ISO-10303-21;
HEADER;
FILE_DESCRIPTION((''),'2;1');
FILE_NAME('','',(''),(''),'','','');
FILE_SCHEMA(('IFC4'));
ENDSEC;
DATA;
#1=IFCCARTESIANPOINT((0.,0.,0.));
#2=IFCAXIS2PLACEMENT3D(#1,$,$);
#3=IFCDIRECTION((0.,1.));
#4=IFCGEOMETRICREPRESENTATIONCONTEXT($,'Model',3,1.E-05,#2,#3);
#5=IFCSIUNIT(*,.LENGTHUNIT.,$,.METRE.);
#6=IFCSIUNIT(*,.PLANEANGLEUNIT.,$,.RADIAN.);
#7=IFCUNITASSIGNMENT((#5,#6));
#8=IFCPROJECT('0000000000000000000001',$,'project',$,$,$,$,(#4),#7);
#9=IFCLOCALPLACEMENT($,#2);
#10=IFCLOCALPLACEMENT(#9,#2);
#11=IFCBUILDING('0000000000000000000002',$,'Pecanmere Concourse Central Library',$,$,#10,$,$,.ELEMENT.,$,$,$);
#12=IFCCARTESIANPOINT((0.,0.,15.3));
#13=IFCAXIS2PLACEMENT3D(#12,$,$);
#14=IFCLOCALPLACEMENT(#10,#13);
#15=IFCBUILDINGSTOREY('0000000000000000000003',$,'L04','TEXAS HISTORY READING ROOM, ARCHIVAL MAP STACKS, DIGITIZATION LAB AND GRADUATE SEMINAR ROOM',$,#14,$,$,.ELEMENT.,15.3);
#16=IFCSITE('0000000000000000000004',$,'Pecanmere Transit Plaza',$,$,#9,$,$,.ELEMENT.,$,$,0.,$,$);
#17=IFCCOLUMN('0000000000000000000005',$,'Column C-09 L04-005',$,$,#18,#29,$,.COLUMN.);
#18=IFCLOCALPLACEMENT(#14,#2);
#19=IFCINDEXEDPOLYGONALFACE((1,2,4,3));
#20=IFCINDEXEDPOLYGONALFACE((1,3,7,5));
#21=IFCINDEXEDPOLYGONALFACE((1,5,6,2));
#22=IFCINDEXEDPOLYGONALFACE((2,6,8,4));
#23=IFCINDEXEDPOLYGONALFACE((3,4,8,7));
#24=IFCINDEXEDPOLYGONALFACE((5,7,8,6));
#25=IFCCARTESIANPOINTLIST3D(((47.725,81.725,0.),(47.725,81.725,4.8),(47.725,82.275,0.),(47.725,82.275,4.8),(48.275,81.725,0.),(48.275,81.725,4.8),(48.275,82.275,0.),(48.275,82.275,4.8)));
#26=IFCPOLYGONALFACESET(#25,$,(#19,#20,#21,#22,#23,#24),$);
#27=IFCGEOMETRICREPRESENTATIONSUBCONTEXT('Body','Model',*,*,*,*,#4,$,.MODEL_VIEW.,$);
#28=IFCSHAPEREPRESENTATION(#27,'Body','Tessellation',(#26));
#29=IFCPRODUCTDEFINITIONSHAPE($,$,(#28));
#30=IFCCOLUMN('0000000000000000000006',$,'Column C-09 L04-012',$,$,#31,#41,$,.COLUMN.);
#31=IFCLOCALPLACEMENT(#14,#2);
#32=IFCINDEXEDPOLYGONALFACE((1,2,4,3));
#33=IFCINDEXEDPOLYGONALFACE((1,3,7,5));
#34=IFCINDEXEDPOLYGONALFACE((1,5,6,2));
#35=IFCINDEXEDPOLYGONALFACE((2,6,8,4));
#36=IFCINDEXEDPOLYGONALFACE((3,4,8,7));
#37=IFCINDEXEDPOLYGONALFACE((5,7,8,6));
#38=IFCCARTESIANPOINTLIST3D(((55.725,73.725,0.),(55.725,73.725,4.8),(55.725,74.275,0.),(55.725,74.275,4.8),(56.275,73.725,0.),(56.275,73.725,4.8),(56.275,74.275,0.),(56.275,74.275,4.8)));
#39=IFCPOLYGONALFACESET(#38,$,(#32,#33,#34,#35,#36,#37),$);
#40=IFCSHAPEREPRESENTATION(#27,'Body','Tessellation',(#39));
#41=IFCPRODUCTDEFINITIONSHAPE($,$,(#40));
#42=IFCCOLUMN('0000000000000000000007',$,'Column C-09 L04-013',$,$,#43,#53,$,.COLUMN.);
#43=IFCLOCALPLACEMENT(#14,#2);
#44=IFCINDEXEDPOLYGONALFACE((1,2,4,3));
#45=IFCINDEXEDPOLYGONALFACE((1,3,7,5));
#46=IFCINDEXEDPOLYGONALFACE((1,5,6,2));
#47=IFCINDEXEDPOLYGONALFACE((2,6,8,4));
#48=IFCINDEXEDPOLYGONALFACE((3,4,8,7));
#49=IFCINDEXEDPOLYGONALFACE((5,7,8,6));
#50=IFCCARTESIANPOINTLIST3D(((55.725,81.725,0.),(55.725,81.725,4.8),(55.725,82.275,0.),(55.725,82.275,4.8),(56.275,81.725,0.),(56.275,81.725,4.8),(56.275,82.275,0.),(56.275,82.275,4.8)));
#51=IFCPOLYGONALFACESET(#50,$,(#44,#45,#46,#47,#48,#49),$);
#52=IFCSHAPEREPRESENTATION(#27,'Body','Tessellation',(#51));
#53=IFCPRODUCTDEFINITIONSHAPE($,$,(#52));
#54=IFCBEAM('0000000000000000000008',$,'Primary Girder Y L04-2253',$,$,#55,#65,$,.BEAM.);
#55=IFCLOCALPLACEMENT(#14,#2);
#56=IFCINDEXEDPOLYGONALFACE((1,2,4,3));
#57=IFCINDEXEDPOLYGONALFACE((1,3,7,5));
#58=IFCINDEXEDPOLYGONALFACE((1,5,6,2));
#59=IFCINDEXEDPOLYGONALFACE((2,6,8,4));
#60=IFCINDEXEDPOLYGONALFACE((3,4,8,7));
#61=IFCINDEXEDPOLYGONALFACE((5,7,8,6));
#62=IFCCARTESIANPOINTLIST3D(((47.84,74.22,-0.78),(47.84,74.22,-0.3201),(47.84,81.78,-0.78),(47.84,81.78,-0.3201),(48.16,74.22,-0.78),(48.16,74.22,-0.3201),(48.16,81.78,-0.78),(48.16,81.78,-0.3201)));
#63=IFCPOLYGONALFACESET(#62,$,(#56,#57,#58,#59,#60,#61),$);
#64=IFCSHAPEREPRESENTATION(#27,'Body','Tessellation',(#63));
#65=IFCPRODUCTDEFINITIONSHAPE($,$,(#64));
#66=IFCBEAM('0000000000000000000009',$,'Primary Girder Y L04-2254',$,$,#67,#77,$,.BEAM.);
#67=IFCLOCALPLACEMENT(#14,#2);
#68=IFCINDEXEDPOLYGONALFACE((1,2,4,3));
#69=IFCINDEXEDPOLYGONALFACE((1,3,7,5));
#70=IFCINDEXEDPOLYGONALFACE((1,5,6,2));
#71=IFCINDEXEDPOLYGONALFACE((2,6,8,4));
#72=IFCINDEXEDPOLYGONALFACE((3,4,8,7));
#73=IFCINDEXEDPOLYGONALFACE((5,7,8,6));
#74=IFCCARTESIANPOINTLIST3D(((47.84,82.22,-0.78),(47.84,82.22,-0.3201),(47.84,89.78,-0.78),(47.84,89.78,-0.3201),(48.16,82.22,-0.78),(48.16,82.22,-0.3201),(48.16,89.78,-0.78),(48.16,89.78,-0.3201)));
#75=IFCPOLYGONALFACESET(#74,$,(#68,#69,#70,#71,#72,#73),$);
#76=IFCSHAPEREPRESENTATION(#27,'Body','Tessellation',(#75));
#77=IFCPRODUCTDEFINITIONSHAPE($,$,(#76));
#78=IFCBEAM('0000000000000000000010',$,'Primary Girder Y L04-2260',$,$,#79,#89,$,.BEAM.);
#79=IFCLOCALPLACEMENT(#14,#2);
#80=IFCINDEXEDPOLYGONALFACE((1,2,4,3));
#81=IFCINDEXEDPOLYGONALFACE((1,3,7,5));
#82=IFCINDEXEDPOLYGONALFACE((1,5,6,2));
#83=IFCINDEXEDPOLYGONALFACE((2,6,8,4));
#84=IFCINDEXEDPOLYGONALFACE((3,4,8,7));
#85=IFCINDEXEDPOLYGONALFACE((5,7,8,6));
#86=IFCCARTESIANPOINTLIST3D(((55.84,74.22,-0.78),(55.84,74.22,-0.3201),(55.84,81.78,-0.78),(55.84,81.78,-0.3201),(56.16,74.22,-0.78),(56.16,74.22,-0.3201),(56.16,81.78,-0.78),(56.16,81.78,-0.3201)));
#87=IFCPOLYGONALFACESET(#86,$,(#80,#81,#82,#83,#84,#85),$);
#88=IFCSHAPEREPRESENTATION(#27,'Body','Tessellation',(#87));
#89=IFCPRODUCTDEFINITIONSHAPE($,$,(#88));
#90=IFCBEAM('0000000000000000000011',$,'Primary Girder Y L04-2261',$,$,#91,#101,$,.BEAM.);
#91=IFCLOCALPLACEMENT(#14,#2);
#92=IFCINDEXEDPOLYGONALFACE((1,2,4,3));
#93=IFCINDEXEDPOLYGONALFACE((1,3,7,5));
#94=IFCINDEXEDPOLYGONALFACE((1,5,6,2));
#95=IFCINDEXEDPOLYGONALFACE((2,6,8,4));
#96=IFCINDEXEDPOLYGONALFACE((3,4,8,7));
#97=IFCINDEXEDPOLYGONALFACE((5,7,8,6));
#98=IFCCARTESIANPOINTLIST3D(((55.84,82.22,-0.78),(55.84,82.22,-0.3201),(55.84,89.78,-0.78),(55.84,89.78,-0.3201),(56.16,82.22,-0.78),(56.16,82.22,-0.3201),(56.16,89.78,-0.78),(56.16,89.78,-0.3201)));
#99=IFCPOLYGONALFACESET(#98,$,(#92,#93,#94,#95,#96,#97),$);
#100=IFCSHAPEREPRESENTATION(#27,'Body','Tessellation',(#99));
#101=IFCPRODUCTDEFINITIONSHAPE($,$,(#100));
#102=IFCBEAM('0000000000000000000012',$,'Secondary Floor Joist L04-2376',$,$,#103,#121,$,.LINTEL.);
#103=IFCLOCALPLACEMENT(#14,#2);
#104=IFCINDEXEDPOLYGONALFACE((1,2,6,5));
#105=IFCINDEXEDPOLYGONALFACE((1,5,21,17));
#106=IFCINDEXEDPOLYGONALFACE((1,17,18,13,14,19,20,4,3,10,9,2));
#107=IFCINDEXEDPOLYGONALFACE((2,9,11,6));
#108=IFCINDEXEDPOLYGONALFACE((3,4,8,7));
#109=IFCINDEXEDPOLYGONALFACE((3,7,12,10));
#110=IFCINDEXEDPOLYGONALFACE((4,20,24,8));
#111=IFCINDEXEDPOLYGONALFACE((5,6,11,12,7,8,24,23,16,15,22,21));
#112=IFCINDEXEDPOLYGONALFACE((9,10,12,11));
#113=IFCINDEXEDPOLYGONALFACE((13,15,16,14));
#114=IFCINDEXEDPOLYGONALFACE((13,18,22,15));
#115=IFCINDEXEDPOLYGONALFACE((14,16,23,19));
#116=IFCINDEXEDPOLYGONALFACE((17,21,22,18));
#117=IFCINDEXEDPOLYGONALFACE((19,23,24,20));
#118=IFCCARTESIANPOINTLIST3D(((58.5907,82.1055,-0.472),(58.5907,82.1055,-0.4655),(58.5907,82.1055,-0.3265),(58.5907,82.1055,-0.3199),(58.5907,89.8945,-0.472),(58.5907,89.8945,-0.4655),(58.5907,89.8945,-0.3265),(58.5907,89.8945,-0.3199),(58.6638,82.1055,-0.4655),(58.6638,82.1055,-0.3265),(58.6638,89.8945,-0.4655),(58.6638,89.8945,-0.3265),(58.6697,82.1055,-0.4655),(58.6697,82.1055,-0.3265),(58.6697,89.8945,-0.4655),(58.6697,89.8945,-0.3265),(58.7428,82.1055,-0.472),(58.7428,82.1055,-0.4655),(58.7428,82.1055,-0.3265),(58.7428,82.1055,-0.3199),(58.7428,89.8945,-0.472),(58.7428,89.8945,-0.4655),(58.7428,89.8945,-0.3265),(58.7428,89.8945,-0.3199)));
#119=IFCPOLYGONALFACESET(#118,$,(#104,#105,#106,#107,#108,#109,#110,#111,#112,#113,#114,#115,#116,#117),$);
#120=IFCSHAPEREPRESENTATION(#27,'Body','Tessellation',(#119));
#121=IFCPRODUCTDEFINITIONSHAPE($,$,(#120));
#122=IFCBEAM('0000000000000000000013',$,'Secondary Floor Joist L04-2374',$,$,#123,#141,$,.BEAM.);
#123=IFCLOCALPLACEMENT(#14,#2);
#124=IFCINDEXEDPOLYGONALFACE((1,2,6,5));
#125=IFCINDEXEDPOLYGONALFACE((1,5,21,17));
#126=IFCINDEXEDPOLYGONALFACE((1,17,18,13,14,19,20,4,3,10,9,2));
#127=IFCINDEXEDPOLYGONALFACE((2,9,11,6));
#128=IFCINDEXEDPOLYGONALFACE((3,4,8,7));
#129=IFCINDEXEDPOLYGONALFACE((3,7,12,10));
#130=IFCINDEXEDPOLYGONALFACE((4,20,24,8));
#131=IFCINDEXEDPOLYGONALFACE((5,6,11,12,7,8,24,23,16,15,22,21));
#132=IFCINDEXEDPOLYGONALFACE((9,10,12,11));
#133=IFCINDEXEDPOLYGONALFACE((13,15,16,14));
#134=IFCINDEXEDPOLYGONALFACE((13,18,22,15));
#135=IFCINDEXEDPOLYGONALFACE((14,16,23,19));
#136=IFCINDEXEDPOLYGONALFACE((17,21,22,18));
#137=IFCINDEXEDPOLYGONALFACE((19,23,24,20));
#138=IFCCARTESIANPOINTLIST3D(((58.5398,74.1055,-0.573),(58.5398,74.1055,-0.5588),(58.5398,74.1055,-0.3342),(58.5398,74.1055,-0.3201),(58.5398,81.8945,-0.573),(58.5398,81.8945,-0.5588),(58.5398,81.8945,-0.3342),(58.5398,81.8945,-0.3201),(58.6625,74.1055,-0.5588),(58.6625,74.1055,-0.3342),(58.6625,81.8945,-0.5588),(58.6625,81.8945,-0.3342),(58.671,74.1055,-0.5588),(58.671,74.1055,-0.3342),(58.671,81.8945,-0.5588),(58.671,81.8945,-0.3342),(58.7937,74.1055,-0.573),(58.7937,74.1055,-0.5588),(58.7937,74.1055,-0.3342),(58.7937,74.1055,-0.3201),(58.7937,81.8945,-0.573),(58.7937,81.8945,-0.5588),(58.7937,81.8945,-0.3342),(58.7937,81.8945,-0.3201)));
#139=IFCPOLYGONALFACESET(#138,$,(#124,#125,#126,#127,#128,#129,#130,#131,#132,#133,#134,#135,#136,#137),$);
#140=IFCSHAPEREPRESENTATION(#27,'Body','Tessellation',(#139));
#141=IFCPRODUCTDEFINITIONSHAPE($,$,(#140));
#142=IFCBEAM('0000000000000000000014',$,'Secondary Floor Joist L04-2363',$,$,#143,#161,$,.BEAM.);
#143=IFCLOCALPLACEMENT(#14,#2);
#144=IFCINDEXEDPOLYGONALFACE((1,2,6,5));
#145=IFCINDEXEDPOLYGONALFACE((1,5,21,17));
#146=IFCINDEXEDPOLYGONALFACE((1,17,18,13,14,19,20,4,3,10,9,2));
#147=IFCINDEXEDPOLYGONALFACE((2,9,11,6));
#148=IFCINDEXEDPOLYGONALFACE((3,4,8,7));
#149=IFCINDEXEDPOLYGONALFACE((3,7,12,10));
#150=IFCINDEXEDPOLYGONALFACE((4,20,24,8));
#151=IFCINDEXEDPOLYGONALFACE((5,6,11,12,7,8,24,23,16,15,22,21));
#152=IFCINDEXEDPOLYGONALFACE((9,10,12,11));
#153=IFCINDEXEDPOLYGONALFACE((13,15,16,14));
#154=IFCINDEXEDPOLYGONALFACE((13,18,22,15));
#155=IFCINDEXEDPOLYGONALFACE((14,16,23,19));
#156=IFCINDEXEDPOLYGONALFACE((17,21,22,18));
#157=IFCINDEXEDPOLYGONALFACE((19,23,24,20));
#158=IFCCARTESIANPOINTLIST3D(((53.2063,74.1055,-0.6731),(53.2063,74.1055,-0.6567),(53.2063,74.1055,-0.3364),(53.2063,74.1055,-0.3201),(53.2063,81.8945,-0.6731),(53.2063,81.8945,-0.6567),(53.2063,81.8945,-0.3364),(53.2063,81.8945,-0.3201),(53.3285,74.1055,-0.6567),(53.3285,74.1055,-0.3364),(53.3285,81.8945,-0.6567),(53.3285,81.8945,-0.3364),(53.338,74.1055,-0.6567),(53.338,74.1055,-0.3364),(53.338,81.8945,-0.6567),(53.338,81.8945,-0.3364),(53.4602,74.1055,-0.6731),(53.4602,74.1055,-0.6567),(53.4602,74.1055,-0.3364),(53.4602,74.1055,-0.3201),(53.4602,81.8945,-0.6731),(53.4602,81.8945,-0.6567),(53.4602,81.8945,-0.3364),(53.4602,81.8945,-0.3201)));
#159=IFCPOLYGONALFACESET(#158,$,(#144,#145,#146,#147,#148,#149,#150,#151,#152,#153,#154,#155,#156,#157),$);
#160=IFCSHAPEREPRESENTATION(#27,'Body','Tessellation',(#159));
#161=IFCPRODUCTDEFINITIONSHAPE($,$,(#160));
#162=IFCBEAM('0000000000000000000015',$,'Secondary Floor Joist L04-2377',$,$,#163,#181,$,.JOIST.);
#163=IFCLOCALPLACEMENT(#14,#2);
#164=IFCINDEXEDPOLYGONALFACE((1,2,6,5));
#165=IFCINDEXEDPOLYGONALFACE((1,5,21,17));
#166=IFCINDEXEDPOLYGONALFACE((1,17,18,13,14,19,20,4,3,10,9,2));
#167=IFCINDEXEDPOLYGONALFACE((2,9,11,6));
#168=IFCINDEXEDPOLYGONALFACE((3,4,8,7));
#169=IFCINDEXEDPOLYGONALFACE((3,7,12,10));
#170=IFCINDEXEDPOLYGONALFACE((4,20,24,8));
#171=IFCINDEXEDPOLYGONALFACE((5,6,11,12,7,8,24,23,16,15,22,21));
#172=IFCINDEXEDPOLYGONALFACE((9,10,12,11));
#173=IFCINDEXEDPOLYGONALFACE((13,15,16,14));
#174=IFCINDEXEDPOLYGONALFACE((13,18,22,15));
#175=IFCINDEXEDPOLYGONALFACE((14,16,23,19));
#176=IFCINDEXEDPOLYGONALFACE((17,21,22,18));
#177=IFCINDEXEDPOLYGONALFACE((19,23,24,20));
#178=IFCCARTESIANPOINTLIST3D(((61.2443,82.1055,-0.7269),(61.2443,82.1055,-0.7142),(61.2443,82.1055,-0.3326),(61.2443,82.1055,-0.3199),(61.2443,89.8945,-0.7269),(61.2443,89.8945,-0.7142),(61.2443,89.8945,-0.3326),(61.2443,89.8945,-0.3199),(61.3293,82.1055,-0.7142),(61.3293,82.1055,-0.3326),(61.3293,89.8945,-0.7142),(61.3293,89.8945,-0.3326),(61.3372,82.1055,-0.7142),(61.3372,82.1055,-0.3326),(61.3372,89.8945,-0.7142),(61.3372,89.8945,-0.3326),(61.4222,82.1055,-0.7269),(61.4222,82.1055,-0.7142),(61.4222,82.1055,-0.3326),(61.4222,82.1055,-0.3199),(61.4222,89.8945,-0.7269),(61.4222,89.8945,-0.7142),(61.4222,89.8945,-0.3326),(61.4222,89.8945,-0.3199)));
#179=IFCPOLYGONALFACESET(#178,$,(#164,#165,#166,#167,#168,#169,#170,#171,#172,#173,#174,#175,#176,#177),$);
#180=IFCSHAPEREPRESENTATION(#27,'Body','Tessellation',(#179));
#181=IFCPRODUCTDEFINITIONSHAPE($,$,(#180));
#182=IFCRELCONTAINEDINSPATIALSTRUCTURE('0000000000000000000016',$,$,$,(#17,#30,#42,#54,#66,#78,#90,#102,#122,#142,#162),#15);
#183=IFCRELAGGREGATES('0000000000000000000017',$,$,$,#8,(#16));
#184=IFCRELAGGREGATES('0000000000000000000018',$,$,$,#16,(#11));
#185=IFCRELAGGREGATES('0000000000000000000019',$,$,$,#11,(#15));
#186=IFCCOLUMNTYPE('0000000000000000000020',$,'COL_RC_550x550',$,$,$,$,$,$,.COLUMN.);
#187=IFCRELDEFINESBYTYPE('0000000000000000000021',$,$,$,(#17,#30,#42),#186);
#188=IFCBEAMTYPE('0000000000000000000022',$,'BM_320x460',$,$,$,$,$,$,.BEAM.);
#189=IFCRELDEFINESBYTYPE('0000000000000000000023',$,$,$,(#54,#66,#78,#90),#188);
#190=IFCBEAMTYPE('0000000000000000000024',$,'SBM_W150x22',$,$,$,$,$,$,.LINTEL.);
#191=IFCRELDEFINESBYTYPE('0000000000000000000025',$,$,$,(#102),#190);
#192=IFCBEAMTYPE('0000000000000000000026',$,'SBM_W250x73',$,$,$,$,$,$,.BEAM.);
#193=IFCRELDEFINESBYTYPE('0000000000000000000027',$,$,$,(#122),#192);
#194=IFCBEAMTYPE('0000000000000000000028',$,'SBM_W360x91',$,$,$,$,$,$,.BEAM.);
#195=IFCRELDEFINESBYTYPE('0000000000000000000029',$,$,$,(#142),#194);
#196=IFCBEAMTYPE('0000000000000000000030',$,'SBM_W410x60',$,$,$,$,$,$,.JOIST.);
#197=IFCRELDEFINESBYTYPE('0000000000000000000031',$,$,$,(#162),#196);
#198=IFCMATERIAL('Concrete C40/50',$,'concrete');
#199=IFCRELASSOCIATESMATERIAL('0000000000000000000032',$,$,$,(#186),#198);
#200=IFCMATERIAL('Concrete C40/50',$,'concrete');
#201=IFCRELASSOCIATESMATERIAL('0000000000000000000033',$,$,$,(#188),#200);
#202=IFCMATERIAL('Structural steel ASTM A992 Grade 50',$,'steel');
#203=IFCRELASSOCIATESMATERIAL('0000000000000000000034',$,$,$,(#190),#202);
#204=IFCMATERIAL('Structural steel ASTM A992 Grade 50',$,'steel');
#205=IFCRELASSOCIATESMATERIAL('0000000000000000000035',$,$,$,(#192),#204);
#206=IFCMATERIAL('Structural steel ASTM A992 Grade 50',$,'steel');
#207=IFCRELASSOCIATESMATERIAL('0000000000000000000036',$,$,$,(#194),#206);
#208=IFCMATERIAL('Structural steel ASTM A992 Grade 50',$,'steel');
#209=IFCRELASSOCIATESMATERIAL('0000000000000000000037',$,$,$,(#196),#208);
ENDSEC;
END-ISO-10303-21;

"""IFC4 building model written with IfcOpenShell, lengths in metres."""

from ifc_helpers import new_model, si_unit, direction, frame, origin, origin_2d, place, context, subcontext, project, spatial, rectangle, i_section, extrude, material, material_profile, profile_set, type_object, element, save


model = new_model("IFC4")

# Units and contexts
model_context = context("Model", 3, precision=1e-05, world=origin(), true_north=direction((0.0, 1.0)))
body_context = subcontext(model_context, "Body", "Model", "MODEL_VIEW")
ifc_project = project(units=[si_unit("LENGTHUNIT", "METRE"), si_unit("PLANEANGLEUNIT", "RADIAN")], contexts=[model_context])

# Site, building, storey
site_placement = place(None, origin())
site = spatial("IfcSite", under=ifc_project, at=site_placement, Name="Pecanmere Transit Plaza", CompositionType="ELEMENT", RefElevation=0.0)
building_placement = place(site_placement, origin())
building = spatial("IfcBuilding", under=site, at=building_placement, Name="Pecanmere Concourse Central Library", CompositionType="ELEMENT")
storey_placement = place(building_placement, frame((0.0, 0.0, 15.3)))
storey = spatial("IfcBuildingStorey", under=building, at=storey_placement, Name="L04", Description="TEXAS HISTORY READING ROOM, ARCHIVAL MAP STACKS, DIGITIZATION LAB AND GRADUATE SEMINAR ROOM", CompositionType="ELEMENT", Elevation=15.3)

# Columns
ifc_material_1 = material(Name="Concrete C40/50", Category="concrete")
ifc_material_profile_1 = material_profile(ifc_material_1, rectangle(XDim=0.55, YDim=0.55, at=origin_2d()), Name="RC 550x550")
ifc_profile_set_1 = profile_set([ifc_material_profile_1], Name="Concrete C40/50")
column_type = type_object("IfcColumnType", Name="COL_RC_550x550", PredefinedType="COLUMN", material=ifc_profile_set_1)
for number, where, z_axis, x_axis, name in (
    (1, (48.0, 82.0, 0.0), (0.0, 0.0, 1.0), (1.0, 0.0, 0.0), "Column C-09 L04-005"),
    (2, (56.0, 74.0, 0.0), (0.0, 0.0, 1.0), (1.0, 0.0, 0.0), "Column C-09 L04-012"),
    (3, (56.0, 82.0, 0.0), (0.0, 0.0, 1.0), (1.0, 0.0, 0.0), "Column C-09 L04-013"),
):
    element("IfcColumn", number, at=place(storey_placement, frame(where, z_axis=z_axis, x_axis=x_axis)), inside=storey, type_object=column_type, Name=name, PredefinedType="COLUMN", context=body_context, shape_type="SweptSolid", body=[
        extrude(rectangle(XDim=0.55, YDim=0.55, at=origin_2d()), origin(), (0.0, 0.0, 1.0), 4.8),
    ])

# Beams
ifc_material_2 = material(Name="Concrete C40/50", Category="concrete")
ifc_material_profile_2 = material_profile(ifc_material_2, rectangle(XDim=0.3201, YDim=0.46, at=origin_2d()), Name="RC 320x460")
ifc_profile_set_2 = profile_set([ifc_material_profile_2], Name="Concrete C40/50")
beam_type_1 = type_object("IfcBeamType", Name="BM_320x460", PredefinedType="BEAM", material=ifc_profile_set_2)
for number, where, z_axis, x_axis, name in (
    (4, (48.0, 74.22, -0.55), (0.0, 1.0, 0.0), (-1.0, 0.0, 0.0), "Primary Girder Y L04-2253"),
    (5, (48.0, 82.22, -0.55), (0.0, 1.0, 0.0), (-1.0, 0.0, 0.0), "Primary Girder Y L04-2254"),
    (6, (56.0, 74.22, -0.55), (0.0, 1.0, 0.0), (-1.0, 0.0, 0.0), "Primary Girder Y L04-2260"),
    (7, (56.0, 82.22, -0.55), (0.0, 1.0, 0.0), (-1.0, 0.0, 0.0), "Primary Girder Y L04-2261"),
):
    element("IfcBeam", number, at=place(storey_placement, frame(where, z_axis=z_axis, x_axis=x_axis)), inside=storey, type_object=beam_type_1, Name=name, PredefinedType="BEAM", context=body_context, shape_type="SweptSolid", body=[
        extrude(rectangle(XDim=0.3201, YDim=0.46, at=origin_2d()), origin(), (0.0, 0.0, 1.0), 7.5601),
    ])
ifc_material_3 = material(Name="Structural steel ASTM A992 Grade 50", Category="steel")
ifc_material_profile_3 = material_profile(ifc_material_3, i_section(OverallWidth=0.1521, OverallDepth=0.1521, WebThickness=0.0059, FlangeThickness=0.0066, at=origin_2d()), Name="W150x22.5")
ifc_profile_set_3 = profile_set([ifc_material_profile_3], Name="Structural steel ASTM A992 Grade 50")
beam_type_2 = type_object("IfcBeamType", Name="SBM_W150x22", PredefinedType="LINTEL", material=ifc_profile_set_3)
beam_1_placement = place(storey_placement, frame((58.6667, 82.1055, -0.396), z_axis=(0.0, 1.0, 0.0), x_axis=(-1.0, 0.0, 0.0)))
element("IfcBeam", 8, at=beam_1_placement, inside=storey, type_object=beam_type_2, Name="Secondary Floor Joist L04-2376", PredefinedType="LINTEL", context=body_context, shape_type="SweptSolid", body=[
    extrude(i_section(OverallWidth=0.1521, OverallDepth=0.1521, WebThickness=0.0059, FlangeThickness=0.0066, at=origin_2d()), origin(), (0.0, 0.0, 1.0), 7.7891),
])
ifc_material_4 = material(Name="Structural steel ASTM A992 Grade 50", Category="steel")
ifc_material_profile_4 = material_profile(ifc_material_4, i_section(OverallWidth=0.2539, OverallDepth=0.2529, WebThickness=0.0085, FlangeThickness=0.0142, at=origin_2d()), Name="W250x73")
ifc_profile_set_4 = profile_set([ifc_material_profile_4], Name="Structural steel ASTM A992 Grade 50")
beam_type_3 = type_object("IfcBeamType", Name="SBM_W250x73", PredefinedType="BEAM", material=ifc_profile_set_4)
beam_2_placement = place(storey_placement, frame((58.6667, 74.1055, -0.4465), z_axis=(0.0, 1.0, 0.0), x_axis=(-1.0, 0.0, 0.0)))
element("IfcBeam", 9, at=beam_2_placement, inside=storey, type_object=beam_type_3, Name="Secondary Floor Joist L04-2374", PredefinedType="BEAM", context=body_context, shape_type="SweptSolid", body=[
    extrude(i_section(OverallWidth=0.2539, OverallDepth=0.2529, WebThickness=0.0085, FlangeThickness=0.0142, at=origin_2d()), origin(), (0.0, 0.0, 1.0), 7.7891),
])
ifc_material_5 = material(Name="Structural steel ASTM A992 Grade 50", Category="steel")
ifc_material_profile_5 = material_profile(ifc_material_5, i_section(OverallWidth=0.2539, OverallDepth=0.353, WebThickness=0.0095, FlangeThickness=0.0164, at=origin_2d()), Name="W360x91")
ifc_profile_set_5 = profile_set([ifc_material_profile_5], Name="Structural steel ASTM A992 Grade 50")
beam_type_4 = type_object("IfcBeamType", Name="SBM_W360x91", PredefinedType="BEAM", material=ifc_profile_set_5)
beam_3_placement = place(storey_placement, frame((53.3333, 74.1055, -0.4966), z_axis=(0.0, 1.0, 0.0), x_axis=(-1.0, 0.0, 0.0)))
element("IfcBeam", 10, at=beam_3_placement, inside=storey, type_object=beam_type_4, Name="Secondary Floor Joist L04-2363", PredefinedType="BEAM", context=body_context, shape_type="SweptSolid", body=[
    extrude(i_section(OverallWidth=0.2539, OverallDepth=0.353, WebThickness=0.0095, FlangeThickness=0.0164, at=origin_2d()), origin(), (0.0, 0.0, 1.0), 7.7891),
])
ifc_material_6 = material(Name="Structural steel ASTM A992 Grade 50", Category="steel")
ifc_material_profile_6 = material_profile(ifc_material_6, i_section(OverallWidth=0.178, OverallDepth=0.407, WebThickness=0.0078, FlangeThickness=0.0127, at=origin_2d()), Name="W410x60")
ifc_profile_set_6 = profile_set([ifc_material_profile_6], Name="Structural steel ASTM A992 Grade 50")
beam_type_5 = type_object("IfcBeamType", Name="SBM_W410x60", PredefinedType="JOIST", material=ifc_profile_set_6)
beam_4_placement = place(storey_placement, frame((61.3333, 82.1055, -0.5234), z_axis=(0.0, 1.0, 0.0), x_axis=(-1.0, 0.0, 0.0)))
element("IfcBeam", 11, at=beam_4_placement, inside=storey, type_object=beam_type_5, Name="Secondary Floor Joist L04-2377", PredefinedType="JOIST", context=body_context, shape_type="SweptSolid", body=[
    extrude(i_section(OverallWidth=0.178, OverallDepth=0.407, WebThickness=0.0078, FlangeThickness=0.0127, at=origin_2d()), origin(), (0.0, 0.0, 1.0), 7.7891),
])

save(model, "model.ifc")
